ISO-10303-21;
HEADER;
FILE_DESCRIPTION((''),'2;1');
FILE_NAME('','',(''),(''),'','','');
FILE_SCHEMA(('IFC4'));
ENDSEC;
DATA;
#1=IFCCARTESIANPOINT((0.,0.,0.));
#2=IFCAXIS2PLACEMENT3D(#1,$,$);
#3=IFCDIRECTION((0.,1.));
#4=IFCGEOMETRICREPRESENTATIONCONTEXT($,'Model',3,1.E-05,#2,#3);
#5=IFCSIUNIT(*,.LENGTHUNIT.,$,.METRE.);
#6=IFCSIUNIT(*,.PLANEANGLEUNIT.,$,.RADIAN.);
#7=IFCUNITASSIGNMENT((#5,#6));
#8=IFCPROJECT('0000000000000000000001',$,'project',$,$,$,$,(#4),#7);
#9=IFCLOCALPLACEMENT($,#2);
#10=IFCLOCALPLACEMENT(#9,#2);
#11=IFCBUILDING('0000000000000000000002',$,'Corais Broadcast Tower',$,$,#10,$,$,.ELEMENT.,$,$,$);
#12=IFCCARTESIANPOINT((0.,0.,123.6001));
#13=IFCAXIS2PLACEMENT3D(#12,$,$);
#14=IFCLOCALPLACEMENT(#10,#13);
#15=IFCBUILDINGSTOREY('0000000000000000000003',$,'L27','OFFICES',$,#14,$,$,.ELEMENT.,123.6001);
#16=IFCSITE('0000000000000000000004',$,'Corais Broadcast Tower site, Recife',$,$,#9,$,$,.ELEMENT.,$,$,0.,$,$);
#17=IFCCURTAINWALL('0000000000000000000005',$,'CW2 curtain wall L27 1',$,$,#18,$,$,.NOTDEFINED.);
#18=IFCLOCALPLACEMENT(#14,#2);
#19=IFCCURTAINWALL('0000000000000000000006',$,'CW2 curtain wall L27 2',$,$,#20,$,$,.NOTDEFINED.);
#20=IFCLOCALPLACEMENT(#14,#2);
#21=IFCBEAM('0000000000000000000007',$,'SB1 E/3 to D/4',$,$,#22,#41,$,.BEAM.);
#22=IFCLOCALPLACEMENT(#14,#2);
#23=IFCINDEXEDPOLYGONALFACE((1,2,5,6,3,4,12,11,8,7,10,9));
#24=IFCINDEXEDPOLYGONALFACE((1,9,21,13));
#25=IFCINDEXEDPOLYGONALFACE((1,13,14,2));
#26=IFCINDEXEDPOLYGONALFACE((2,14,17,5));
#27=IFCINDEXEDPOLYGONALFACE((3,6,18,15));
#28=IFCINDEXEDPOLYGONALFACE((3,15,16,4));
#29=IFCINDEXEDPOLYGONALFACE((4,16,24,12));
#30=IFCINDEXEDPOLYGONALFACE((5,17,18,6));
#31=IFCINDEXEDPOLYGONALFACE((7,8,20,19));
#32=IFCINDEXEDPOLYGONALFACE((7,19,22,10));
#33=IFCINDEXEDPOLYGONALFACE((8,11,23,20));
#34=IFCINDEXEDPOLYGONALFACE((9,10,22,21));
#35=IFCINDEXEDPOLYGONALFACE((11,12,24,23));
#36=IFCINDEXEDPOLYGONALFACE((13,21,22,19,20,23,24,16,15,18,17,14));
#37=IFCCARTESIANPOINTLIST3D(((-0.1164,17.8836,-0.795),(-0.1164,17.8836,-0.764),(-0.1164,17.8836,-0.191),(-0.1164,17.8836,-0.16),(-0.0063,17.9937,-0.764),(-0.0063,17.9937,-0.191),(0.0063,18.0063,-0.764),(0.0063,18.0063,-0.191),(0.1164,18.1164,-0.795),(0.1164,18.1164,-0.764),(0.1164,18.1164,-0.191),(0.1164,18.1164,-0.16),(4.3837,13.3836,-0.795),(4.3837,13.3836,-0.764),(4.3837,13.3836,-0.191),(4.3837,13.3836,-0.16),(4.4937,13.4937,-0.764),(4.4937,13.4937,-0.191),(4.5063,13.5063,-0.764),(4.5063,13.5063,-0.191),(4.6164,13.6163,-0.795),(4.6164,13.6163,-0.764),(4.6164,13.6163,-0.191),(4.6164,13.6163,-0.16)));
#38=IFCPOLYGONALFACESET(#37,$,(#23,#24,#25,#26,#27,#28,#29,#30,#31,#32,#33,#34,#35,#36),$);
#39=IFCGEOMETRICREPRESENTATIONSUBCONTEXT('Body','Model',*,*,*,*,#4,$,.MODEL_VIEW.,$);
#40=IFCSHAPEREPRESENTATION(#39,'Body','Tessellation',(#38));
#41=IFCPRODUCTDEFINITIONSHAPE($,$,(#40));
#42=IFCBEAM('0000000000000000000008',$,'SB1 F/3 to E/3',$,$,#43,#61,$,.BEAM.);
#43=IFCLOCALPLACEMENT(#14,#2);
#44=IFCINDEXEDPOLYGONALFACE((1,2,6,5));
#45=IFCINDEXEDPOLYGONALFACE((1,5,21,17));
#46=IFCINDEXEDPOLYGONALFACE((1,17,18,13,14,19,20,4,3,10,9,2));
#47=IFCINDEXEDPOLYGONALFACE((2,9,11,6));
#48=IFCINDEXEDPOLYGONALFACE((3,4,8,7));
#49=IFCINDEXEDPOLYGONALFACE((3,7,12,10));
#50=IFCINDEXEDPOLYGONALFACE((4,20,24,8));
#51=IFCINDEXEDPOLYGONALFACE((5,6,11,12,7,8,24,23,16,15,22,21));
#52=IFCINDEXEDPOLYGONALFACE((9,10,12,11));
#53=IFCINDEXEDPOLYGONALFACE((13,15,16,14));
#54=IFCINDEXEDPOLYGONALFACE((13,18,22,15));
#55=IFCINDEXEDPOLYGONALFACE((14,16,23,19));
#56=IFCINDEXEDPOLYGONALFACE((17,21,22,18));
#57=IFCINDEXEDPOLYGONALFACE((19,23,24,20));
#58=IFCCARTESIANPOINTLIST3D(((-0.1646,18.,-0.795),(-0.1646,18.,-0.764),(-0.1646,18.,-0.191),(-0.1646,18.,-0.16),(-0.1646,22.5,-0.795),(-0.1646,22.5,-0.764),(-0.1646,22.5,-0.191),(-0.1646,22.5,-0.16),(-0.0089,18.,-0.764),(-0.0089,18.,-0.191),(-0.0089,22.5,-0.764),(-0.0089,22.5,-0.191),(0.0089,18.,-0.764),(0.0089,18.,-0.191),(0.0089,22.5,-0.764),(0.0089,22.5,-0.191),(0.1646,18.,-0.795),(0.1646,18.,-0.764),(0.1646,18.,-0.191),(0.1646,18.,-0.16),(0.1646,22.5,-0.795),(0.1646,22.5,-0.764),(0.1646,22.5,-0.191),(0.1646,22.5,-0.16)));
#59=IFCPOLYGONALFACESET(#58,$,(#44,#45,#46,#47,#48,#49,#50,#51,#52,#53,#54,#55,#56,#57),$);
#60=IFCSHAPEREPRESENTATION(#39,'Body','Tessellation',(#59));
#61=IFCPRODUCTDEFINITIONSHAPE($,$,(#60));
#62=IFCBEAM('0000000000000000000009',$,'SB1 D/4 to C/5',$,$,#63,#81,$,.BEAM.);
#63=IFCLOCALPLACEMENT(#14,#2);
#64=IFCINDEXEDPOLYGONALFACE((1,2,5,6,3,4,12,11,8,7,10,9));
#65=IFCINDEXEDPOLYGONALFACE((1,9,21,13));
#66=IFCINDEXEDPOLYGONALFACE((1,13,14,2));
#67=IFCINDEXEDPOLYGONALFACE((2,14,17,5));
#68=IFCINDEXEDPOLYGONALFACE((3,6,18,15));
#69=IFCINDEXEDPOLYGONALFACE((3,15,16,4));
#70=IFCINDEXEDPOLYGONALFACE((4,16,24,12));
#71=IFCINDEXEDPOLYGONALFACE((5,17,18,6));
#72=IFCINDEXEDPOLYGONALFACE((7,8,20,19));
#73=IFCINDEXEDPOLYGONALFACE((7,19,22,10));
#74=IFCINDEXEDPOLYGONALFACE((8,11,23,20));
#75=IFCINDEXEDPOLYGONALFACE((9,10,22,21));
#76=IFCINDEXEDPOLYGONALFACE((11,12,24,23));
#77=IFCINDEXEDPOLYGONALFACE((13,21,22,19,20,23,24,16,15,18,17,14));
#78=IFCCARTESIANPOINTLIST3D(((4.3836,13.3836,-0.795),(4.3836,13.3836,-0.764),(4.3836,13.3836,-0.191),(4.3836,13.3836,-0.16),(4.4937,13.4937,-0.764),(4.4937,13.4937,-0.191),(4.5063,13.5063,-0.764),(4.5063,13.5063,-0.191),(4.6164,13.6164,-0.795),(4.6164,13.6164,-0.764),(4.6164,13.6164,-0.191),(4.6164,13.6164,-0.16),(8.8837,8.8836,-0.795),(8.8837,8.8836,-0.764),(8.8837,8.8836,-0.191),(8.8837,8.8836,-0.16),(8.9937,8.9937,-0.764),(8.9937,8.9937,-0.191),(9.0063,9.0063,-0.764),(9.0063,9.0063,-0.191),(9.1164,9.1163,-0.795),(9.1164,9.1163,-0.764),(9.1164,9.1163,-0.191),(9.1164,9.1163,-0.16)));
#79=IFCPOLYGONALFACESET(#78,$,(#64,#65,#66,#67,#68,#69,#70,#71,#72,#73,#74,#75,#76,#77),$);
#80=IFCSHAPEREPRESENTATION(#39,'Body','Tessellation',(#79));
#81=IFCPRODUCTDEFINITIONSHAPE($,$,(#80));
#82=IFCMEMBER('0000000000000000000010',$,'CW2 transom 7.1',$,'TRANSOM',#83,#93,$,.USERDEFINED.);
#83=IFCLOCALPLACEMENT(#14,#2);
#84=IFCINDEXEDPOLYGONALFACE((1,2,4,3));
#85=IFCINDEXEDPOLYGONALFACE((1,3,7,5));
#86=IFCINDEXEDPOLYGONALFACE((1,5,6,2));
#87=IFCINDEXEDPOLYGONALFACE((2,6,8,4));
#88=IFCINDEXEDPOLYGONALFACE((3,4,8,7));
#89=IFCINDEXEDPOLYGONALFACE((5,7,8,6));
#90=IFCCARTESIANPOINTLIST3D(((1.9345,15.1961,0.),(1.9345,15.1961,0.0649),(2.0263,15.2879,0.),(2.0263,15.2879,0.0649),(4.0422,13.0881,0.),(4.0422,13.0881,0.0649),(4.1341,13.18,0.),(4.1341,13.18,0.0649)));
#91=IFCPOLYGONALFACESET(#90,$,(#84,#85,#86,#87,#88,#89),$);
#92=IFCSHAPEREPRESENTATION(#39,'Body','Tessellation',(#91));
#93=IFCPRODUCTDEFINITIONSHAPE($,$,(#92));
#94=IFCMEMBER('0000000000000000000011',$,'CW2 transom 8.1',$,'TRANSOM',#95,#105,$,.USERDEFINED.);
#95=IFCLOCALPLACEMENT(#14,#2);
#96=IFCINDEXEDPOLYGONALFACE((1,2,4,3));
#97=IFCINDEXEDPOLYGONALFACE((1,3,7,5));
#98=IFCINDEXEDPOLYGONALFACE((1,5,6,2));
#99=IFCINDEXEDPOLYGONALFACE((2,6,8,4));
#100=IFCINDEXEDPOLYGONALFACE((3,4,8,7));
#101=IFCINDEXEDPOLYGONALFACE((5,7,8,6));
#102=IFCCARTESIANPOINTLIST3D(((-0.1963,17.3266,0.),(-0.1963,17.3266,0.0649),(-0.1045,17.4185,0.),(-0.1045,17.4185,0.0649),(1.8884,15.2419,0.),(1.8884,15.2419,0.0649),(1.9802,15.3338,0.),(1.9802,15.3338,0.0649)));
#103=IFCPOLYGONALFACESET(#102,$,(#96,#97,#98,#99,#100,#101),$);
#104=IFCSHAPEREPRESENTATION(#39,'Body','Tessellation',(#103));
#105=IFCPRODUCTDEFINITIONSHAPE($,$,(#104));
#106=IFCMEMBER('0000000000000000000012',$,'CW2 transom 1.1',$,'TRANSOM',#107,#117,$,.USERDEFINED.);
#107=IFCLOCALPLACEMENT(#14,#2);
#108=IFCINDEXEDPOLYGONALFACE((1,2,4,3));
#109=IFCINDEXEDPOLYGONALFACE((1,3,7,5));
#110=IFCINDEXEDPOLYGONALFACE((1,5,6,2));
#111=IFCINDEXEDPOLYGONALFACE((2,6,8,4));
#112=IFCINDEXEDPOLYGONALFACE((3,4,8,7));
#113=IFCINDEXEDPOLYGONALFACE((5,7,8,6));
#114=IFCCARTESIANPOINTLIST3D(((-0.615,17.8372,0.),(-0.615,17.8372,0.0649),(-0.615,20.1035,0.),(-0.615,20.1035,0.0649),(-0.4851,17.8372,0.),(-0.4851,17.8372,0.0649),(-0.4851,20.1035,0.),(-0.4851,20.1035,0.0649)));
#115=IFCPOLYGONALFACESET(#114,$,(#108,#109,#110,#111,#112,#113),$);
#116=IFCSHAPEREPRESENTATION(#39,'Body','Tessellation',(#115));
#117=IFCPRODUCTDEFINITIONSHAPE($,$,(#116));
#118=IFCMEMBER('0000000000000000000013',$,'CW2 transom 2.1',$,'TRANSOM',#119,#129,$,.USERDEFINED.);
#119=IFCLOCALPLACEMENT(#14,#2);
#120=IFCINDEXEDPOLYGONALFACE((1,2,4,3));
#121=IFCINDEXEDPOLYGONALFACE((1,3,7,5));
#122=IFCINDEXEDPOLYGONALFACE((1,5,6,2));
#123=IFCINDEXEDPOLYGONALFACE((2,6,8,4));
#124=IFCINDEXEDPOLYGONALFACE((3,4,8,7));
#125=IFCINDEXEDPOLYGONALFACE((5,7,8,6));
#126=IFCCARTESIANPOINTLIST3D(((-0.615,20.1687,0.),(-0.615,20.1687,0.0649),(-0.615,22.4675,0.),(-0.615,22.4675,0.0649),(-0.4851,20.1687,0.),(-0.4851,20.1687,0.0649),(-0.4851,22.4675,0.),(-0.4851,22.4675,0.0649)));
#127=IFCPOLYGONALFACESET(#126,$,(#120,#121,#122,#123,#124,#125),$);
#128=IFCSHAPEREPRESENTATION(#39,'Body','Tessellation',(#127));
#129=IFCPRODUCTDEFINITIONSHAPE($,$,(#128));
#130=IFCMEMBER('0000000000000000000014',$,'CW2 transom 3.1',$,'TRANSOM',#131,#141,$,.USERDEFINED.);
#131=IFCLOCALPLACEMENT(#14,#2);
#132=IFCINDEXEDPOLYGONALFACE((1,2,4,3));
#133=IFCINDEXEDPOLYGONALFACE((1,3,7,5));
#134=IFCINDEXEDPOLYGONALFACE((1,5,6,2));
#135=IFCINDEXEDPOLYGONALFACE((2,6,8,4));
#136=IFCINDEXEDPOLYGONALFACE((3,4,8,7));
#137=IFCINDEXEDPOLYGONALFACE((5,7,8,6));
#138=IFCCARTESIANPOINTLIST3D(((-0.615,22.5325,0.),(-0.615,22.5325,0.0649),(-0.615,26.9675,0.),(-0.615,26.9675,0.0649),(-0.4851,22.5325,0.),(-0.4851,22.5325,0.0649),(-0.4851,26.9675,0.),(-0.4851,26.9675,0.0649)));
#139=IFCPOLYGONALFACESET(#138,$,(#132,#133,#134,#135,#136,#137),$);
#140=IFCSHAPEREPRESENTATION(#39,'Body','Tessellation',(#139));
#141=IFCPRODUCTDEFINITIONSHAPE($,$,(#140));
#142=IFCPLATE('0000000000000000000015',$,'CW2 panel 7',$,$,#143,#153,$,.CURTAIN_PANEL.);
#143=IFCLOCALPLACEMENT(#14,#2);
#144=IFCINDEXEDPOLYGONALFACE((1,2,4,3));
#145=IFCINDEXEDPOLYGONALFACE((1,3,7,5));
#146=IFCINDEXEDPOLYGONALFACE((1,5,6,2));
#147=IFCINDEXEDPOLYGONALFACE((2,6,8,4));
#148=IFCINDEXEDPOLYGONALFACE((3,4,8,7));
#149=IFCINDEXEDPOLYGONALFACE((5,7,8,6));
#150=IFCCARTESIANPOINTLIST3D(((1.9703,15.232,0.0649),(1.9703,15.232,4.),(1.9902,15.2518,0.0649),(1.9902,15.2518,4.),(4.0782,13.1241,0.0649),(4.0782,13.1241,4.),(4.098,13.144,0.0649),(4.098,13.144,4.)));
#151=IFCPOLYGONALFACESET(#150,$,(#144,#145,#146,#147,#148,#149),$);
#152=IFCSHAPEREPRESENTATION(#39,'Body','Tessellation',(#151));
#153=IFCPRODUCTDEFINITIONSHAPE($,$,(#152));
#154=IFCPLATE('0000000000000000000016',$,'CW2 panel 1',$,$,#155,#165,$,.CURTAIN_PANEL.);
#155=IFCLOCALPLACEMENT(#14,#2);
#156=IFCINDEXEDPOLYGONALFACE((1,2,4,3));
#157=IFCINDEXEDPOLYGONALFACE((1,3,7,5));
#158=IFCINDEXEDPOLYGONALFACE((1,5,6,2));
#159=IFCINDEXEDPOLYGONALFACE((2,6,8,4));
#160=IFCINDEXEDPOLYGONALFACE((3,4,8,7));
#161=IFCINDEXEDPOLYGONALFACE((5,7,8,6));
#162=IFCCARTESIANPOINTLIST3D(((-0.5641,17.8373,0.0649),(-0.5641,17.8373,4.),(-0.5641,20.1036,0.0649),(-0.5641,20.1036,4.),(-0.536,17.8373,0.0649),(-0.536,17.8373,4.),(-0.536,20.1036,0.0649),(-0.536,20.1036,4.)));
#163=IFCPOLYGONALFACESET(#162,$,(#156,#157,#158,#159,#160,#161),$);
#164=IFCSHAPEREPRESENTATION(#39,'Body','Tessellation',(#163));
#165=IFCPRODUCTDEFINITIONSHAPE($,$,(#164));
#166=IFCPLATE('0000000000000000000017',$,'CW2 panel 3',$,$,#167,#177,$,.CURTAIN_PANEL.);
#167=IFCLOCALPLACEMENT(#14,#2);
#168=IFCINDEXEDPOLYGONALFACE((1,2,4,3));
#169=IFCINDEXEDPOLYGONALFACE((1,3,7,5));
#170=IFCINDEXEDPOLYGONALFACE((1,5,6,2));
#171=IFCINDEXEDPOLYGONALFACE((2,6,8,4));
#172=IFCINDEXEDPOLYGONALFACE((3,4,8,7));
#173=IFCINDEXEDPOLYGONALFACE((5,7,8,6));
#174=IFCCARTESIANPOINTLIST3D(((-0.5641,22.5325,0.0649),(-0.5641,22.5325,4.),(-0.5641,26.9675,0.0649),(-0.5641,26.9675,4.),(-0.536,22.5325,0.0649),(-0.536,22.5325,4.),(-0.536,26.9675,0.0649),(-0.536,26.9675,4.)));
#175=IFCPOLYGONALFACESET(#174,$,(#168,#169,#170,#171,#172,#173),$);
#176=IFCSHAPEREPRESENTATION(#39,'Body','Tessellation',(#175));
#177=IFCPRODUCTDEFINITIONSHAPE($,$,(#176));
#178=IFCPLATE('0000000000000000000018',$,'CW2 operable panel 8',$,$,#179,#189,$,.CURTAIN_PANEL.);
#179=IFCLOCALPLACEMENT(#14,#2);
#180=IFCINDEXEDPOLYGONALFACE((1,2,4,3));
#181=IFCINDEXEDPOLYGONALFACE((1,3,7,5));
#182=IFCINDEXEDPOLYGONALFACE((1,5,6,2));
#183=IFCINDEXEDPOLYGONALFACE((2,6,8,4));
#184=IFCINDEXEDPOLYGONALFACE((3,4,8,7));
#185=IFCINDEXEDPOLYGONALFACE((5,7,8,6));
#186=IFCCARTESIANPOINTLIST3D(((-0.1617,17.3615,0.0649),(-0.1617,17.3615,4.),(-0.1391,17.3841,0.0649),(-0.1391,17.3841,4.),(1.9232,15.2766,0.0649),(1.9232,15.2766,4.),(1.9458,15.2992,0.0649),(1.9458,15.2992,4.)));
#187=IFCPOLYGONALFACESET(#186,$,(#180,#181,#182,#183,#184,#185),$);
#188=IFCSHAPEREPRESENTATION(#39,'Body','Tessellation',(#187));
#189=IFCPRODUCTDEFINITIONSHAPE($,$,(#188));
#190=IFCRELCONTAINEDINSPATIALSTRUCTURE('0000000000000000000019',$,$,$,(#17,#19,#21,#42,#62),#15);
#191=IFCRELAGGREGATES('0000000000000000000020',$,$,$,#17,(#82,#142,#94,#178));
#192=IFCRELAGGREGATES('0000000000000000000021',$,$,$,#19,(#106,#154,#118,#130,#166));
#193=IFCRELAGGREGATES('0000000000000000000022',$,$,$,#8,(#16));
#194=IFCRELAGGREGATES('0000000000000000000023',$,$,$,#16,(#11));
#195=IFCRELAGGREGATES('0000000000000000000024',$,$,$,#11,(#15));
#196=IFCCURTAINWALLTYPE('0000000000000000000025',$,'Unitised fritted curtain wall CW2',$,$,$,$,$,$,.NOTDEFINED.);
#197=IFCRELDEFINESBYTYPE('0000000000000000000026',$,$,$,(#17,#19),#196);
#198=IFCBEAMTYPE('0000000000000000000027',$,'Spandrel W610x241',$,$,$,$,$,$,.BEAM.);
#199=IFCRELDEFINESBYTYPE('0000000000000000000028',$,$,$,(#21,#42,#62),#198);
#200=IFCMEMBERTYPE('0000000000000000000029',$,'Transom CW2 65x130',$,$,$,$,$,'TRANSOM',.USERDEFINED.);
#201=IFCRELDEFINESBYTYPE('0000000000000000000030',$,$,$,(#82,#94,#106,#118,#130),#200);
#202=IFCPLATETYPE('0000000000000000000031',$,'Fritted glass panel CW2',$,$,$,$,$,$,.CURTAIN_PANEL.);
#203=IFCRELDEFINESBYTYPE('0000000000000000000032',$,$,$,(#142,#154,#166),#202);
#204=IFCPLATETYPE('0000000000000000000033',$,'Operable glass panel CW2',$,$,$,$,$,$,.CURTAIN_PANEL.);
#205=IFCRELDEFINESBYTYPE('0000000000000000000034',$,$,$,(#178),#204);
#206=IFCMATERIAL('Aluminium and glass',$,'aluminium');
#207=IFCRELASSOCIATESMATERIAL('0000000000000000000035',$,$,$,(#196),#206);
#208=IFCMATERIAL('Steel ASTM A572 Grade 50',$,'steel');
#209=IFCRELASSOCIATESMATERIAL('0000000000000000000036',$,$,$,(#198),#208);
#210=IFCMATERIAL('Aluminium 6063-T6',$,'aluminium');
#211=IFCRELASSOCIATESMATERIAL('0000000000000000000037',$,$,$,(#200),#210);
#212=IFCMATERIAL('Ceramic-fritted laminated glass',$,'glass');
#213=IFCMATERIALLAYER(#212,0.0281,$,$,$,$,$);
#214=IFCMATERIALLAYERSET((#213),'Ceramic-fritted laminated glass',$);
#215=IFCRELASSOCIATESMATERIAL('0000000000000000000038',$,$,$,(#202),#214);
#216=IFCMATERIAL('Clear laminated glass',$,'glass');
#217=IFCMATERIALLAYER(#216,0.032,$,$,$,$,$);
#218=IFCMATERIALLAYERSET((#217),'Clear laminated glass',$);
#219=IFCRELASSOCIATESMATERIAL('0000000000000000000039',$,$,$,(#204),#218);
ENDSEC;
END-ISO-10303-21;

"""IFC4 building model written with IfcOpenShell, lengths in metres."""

from ifc_helpers import new_model, si_unit, direction, frame, origin, origin_2d, place, context, subcontext, project, spatial, rectangle, i_section, extrude, material, layer, layer_set, material_profile, profile_set, type_object, element, aggregate, save


model = new_model("IFC4")

# Units and contexts
model_context = context("Model", 3, precision=1e-05, world=origin(), true_north=direction((0.0, 1.0)))
body_context = subcontext(model_context, "Body", "Model", "MODEL_VIEW")
ifc_project = project(units=[si_unit("LENGTHUNIT", "METRE"), si_unit("PLANEANGLEUNIT", "RADIAN")], contexts=[model_context])

# Site, building, storey
site_placement = place(None, origin())
site = spatial("IfcSite", under=ifc_project, at=site_placement, Name="Corais Broadcast Tower site, Recife", CompositionType="ELEMENT", RefElevation=0.0)
building_placement = place(site_placement, origin())
building = spatial("IfcBuilding", under=site, at=building_placement, Name="Corais Broadcast Tower", CompositionType="ELEMENT")
storey_placement = place(building_placement, frame((0.0, 0.0, 123.6001)))
storey = spatial("IfcBuildingStorey", under=building, at=storey_placement, Name="L27", Description="OFFICES", CompositionType="ELEMENT", Elevation=123.6001)

# Curtain walls
ifc_material_1 = material(Name="Aluminium and glass", Category="aluminium")
curtain_wall_type = type_object("IfcCurtainWallType", Name="Unitised fritted curtain wall CW2", PredefinedType="NOTDEFINED", material=ifc_material_1)
curtain_wall_1_placement = place(storey_placement, origin())
curtain_wall_1 = element("IfcCurtainWall", 1, at=curtain_wall_1_placement, inside=storey, type_object=curtain_wall_type, Name="CW2 curtain wall L27 1", PredefinedType="NOTDEFINED")
curtain_wall_2_placement = place(storey_placement, origin())
curtain_wall_2 = element("IfcCurtainWall", 2, at=curtain_wall_2_placement, inside=storey, type_object=curtain_wall_type, Name="CW2 curtain wall L27 2", PredefinedType="NOTDEFINED")

# Beams
ifc_material_2 = material(Name="Steel ASTM A572 Grade 50", Category="steel")
ifc_material_profile_1 = material_profile(ifc_material_2, i_section(OverallWidth=0.3291, OverallDepth=0.635, WebThickness=0.0178, FlangeThickness=0.031, at=origin_2d()), Name="W610x241")
ifc_profile_set_1 = profile_set([ifc_material_profile_1], Name="Steel ASTM A572 Grade 50")
beam_type_1 = type_object("IfcBeamType", Name="Spandrel W610x241", PredefinedType="BEAM", material=ifc_profile_set_1)
beam_1_placement = place(storey_placement, frame((0.0, 18.0, -0.4775), z_axis=(0.707107, -0.707107, 0.0), x_axis=(0.707107, 0.707107, 0.0)))
element("IfcBeam", 3, at=beam_1_placement, inside=storey, type_object=beam_type_1, Name="SB1 E/3 to D/4", PredefinedType="BEAM", context=body_context, shape_type="SweptSolid", body=[
    extrude(i_section(OverallWidth=0.3291, OverallDepth=0.635, WebThickness=0.0178, FlangeThickness=0.031, at=origin_2d()), origin(), (0.0, 0.0, 1.0), 6.364),
])
beam_2_placement = place(storey_placement, frame((0.0, 22.5, -0.4775), z_axis=(0.0, -1.0, 0.0), x_axis=(1.0, 0.0, 0.0)))
element("IfcBeam", 4, at=beam_2_placement, inside=storey, type_object=beam_type_1, Name="SB1 F/3 to E/3", PredefinedType="BEAM", context=body_context, shape_type="SweptSolid", body=[
    extrude(i_section(OverallWidth=0.3291, OverallDepth=0.635, WebThickness=0.0178, FlangeThickness=0.031, at=origin_2d()), origin(), (0.0, 0.0, 1.0), 4.5),
])
beam_3_placement = place(storey_placement, frame((4.5, 13.5, -0.4775), z_axis=(0.707107, -0.707107, 0.0), x_axis=(0.707107, 0.707107, 0.0)))
element("IfcBeam", 5, at=beam_3_placement, inside=storey, type_object=beam_type_1, Name="SB1 D/4 to C/5", PredefinedType="BEAM", context=body_context, shape_type="SweptSolid", body=[
    extrude(i_section(OverallWidth=0.3291, OverallDepth=0.635, WebThickness=0.0178, FlangeThickness=0.031, at=origin_2d()), origin(), (0.0, 0.0, 1.0), 6.364),
])

# Members
ifc_material_3 = material(Name="Aluminium 6063-T6", Category="aluminium")
ifc_material_profile_2 = material_profile(ifc_material_3, rectangle(XDim=0.1299, YDim=0.0649, at=origin_2d()), Name="Transom CW2 65x130")
ifc_profile_set_2 = profile_set([ifc_material_profile_2], Name="Aluminium 6063-T6")
member_type_1 = type_object("IfcMemberType", Name="Transom CW2 65x130", ElementType="TRANSOM", PredefinedType="USERDEFINED", material=ifc_profile_set_2)
member_1_placement = place(storey_placement, frame((4.0881, 13.134, 0.0325), z_axis=(-0.707066, 0.707148, 0.0), x_axis=(-0.707148, -0.707066, 0.0)))
member_1 = element("IfcMember", 6, at=member_1_placement, type_object=member_type_1, Name="CW2 transom 7.1", ObjectType="TRANSOM", PredefinedType="USERDEFINED", context=body_context, shape_type="SweptSolid", body=[
    extrude(rectangle(XDim=0.1299, YDim=0.0649, at=origin_2d()), origin(), (0.0, 0.0, 1.0), 2.981),
])
member_2_placement = place(storey_placement, frame((1.9343, 15.2878, 0.0325), z_axis=(-0.707107, 0.707107, 0.0), x_axis=(-0.707107, -0.707107, 0.0)))
member_2 = element("IfcMember", 7, at=member_2_placement, type_object=member_type_1, Name="CW2 transom 8.1", ObjectType="TRANSOM", PredefinedType="USERDEFINED", context=body_context, shape_type="SweptSolid", body=[
    extrude(rectangle(XDim=0.1299, YDim=0.0649, at=origin_2d()), origin(), (0.0, 0.0, 1.0), 2.9482),
])
member_3_placement = place(storey_placement, frame((-0.55, 17.8372, 0.0325), z_axis=(0.0, 1.0, 0.0), x_axis=(-1.0, 0.0, 0.0)))
member_3 = element("IfcMember", 8, at=member_3_placement, type_object=member_type_1, Name="CW2 transom 1.1", ObjectType="TRANSOM", PredefinedType="USERDEFINED", context=body_context, shape_type="SweptSolid", body=[
    extrude(rectangle(XDim=0.1299, YDim=0.0649, at=origin_2d()), origin(), (0.0, 0.0, 1.0), 2.2664),
])
member_4_placement = place(storey_placement, frame((-0.55, 20.1687, 0.0325), z_axis=(0.0, 1.0, 0.0), x_axis=(-1.0, 0.0, 0.0)))
member_4 = element("IfcMember", 9, at=member_4_placement, type_object=member_type_1, Name="CW2 transom 2.1", ObjectType="TRANSOM", PredefinedType="USERDEFINED", context=body_context, shape_type="SweptSolid", body=[
    extrude(rectangle(XDim=0.1299, YDim=0.0649, at=origin_2d()), origin(), (0.0, 0.0, 1.0), 2.2988),
])
member_5_placement = place(storey_placement, frame((-0.55, 22.5325, 0.0325), z_axis=(0.0, 1.0, 0.0), x_axis=(-1.0, 0.0, 0.0)))
member_5 = element("IfcMember", 10, at=member_5_placement, type_object=member_type_1, Name="CW2 transom 3.1", ObjectType="TRANSOM", PredefinedType="USERDEFINED", context=body_context, shape_type="SweptSolid", body=[
    extrude(rectangle(XDim=0.1299, YDim=0.0649, at=origin_2d()), origin(), (0.0, 0.0, 1.0), 4.4351),
])

# Plates
ifc_material_4 = material(Name="Ceramic-fritted laminated glass", Category="glass")
ifc_layer_1 = layer(ifc_material_4, 0.0281)
ifc_layer_set_1 = layer_set([ifc_layer_1], Name="Ceramic-fritted laminated glass")
plate_type_1 = type_object("IfcPlateType", Name="Fritted glass panel CW2", PredefinedType="CURTAIN_PANEL", material=ifc_layer_set_1)
plate_1_placement = place(storey_placement, frame((3.0342, 14.188, 0.0649), z_axis=(0.0, 0.0, 1.0), x_axis=(-0.707107, 0.707107, 0.0)))
plate_1 = element("IfcPlate", 11, at=plate_1_placement, type_object=plate_type_1, Name="CW2 panel 7", PredefinedType="CURTAIN_PANEL", context=body_context, shape_type="SweptSolid", body=[
    extrude(rectangle(XDim=2.981, YDim=0.0281, at=origin_2d()), origin(), (0.0, 0.0, 1.0), 3.9351),
])
plate_2_placement = place(storey_placement, frame((-0.55, 18.9705, 0.0649), z_axis=(0.0, 0.0, 1.0), x_axis=(0.0, 1.0, 0.0)))
plate_2 = element("IfcPlate", 12, at=plate_2_placement, type_object=plate_type_1, Name="CW2 panel 1", PredefinedType="CURTAIN_PANEL", context=body_context, shape_type="SweptSolid", body=[
    extrude(rectangle(XDim=2.2664, YDim=0.0281, at=origin_2d()), origin(), (0.0, 0.0, 1.0), 3.9351),
])
plate_3_placement = place(storey_placement, frame((-0.55, 24.75, 0.0649), z_axis=(0.0, 0.0, 1.0), x_axis=(0.0, 1.0, 0.0)))
plate_3 = element("IfcPlate", 13, at=plate_3_placement, type_object=plate_type_1, Name="CW2 panel 3", PredefinedType="CURTAIN_PANEL", context=body_context, shape_type="SweptSolid", body=[
    extrude(rectangle(XDim=4.4351, YDim=0.0281, at=origin_2d()), origin(), (0.0, 0.0, 1.0), 3.9351),
])
ifc_material_5 = material(Name="Clear laminated glass", Category="glass")
ifc_layer_2 = layer(ifc_material_5, 0.032)
ifc_layer_set_2 = layer_set([ifc_layer_2], Name="Clear laminated glass")
plate_type_2 = type_object("IfcPlateType", Name="Operable glass panel CW2", PredefinedType="CURTAIN_PANEL", material=ifc_layer_set_2)
plate_4_placement = place(storey_placement, frame((0.8921, 16.3303, 0.0649), z_axis=(0.0, 0.0, 1.0), x_axis=(-0.707107, 0.707107, 0.0)))
plate_4 = element("IfcPlate", 14, at=plate_4_placement, type_object=plate_type_2, Name="CW2 operable panel 8", PredefinedType="CURTAIN_PANEL", context=body_context, shape_type="SweptSolid", body=[
    extrude(rectangle(XDim=2.9485, YDim=0.032, at=origin_2d()), origin(), (0.0, 0.0, 1.0), 3.9351),
])
aggregate(curtain_wall_1, [member_1, plate_1, member_2, plate_4])
aggregate(curtain_wall_2, [member_3, plate_2, member_4, member_5, plate_3])

save(model, "model.ifc")
